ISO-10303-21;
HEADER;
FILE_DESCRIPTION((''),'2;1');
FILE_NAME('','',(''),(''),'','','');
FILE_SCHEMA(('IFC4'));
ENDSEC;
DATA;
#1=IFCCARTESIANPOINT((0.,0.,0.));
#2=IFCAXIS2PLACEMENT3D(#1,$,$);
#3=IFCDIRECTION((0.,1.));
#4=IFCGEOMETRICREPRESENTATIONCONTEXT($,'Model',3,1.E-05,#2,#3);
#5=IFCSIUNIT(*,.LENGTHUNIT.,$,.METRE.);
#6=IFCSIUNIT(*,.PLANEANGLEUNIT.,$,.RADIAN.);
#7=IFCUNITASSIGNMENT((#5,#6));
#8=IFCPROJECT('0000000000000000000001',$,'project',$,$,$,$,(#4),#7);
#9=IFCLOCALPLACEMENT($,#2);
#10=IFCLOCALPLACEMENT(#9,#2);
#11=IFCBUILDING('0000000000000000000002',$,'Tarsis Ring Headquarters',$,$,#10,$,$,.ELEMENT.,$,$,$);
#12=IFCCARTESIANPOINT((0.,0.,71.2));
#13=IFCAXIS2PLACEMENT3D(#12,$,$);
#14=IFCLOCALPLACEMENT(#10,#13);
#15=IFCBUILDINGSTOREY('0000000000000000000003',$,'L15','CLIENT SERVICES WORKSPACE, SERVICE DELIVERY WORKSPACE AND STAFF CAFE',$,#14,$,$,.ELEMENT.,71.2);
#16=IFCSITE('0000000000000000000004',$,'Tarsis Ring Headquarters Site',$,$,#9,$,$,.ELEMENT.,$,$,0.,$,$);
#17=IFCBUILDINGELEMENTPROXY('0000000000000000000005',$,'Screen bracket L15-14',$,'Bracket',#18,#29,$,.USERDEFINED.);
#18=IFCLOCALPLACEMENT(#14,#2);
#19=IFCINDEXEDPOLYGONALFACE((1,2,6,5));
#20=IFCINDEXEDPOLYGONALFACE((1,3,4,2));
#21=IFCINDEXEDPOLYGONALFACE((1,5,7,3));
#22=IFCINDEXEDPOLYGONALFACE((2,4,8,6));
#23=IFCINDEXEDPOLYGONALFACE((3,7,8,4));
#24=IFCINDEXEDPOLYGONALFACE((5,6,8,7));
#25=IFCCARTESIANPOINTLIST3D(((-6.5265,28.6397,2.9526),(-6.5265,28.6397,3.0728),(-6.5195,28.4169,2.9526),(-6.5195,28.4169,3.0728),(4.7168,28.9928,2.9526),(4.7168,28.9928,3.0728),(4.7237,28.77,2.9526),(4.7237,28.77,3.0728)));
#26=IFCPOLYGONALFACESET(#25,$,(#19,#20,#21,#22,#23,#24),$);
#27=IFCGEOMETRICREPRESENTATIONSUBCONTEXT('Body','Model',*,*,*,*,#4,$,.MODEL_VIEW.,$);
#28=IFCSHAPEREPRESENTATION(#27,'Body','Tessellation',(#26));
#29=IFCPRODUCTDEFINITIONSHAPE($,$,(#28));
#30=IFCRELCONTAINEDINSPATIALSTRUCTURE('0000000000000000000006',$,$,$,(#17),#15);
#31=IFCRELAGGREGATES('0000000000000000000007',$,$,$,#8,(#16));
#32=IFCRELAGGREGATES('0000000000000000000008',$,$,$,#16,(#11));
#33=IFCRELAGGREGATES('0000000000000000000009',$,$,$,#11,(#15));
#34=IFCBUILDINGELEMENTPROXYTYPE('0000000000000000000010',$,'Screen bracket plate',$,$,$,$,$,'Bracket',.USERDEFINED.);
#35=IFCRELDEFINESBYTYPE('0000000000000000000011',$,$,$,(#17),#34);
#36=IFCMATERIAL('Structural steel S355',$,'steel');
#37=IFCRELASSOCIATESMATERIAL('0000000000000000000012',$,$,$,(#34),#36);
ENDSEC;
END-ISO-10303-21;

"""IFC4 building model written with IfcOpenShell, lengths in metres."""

from ifc_helpers import new_model, si_unit, direction, frame, origin, origin_2d, place, context, subcontext, project, spatial, rectangle, extrude, material, type_object, element, save


model = new_model("IFC4")

# Units and contexts
model_context = context("Model", 3, precision=1e-05, world=origin(), true_north=direction((0.0, 1.0)))
body_context = subcontext(model_context, "Body", "Model", "MODEL_VIEW")
ifc_project = project(units=[si_unit("LENGTHUNIT", "METRE"), si_unit("PLANEANGLEUNIT", "RADIAN")], contexts=[model_context])

# Site, building, storey
site_placement = place(None, origin())
site = spatial("IfcSite", under=ifc_project, at=site_placement, Name="Tarsis Ring Headquarters Site", CompositionType="ELEMENT", RefElevation=0.0)
building_placement = place(site_placement, origin())
building = spatial("IfcBuilding", under=site, at=building_placement, Name="Tarsis Ring Headquarters", CompositionType="ELEMENT")
storey_placement = place(building_placement, frame((0.0, 0.0, 71.2)))
storey = spatial("IfcBuildingStorey", under=building, at=storey_placement, Name="L15", Description="CLIENT SERVICES WORKSPACE, SERVICE DELIVERY WORKSPACE AND STAFF CAFE", CompositionType="ELEMENT", Elevation=71.2)

# Shared definitions
ifc_material_1 = material(Name="Structural steel S355", Category="steel")

# Building element proxy
building_element_proxy_type = type_object("IfcBuildingElementProxyType", Name="Screen bracket plate", ElementType="Bracket", PredefinedType="USERDEFINED", material=ifc_material_1)
proxy_placement = place(storey_placement, frame((-0.9014, 28.7048, 2.9526), z_axis=(0.0, 0.0, 1.0), x_axis=(-0.999507, -0.031388, 0.0)))
element("IfcBuildingElementProxy", 1, at=proxy_placement, inside=storey, type_object=building_element_proxy_type, Name="Screen bracket L15-14", ObjectType="Bracket", PredefinedType="USERDEFINED", context=body_context, shape_type="SweptSolid", body=[
    extrude(rectangle(XDim=11.2488, YDim=0.2229, at=origin_2d()), origin(), (0.0, 0.0, 1.0), 0.1201),
])

save(model, "model.ifc")
